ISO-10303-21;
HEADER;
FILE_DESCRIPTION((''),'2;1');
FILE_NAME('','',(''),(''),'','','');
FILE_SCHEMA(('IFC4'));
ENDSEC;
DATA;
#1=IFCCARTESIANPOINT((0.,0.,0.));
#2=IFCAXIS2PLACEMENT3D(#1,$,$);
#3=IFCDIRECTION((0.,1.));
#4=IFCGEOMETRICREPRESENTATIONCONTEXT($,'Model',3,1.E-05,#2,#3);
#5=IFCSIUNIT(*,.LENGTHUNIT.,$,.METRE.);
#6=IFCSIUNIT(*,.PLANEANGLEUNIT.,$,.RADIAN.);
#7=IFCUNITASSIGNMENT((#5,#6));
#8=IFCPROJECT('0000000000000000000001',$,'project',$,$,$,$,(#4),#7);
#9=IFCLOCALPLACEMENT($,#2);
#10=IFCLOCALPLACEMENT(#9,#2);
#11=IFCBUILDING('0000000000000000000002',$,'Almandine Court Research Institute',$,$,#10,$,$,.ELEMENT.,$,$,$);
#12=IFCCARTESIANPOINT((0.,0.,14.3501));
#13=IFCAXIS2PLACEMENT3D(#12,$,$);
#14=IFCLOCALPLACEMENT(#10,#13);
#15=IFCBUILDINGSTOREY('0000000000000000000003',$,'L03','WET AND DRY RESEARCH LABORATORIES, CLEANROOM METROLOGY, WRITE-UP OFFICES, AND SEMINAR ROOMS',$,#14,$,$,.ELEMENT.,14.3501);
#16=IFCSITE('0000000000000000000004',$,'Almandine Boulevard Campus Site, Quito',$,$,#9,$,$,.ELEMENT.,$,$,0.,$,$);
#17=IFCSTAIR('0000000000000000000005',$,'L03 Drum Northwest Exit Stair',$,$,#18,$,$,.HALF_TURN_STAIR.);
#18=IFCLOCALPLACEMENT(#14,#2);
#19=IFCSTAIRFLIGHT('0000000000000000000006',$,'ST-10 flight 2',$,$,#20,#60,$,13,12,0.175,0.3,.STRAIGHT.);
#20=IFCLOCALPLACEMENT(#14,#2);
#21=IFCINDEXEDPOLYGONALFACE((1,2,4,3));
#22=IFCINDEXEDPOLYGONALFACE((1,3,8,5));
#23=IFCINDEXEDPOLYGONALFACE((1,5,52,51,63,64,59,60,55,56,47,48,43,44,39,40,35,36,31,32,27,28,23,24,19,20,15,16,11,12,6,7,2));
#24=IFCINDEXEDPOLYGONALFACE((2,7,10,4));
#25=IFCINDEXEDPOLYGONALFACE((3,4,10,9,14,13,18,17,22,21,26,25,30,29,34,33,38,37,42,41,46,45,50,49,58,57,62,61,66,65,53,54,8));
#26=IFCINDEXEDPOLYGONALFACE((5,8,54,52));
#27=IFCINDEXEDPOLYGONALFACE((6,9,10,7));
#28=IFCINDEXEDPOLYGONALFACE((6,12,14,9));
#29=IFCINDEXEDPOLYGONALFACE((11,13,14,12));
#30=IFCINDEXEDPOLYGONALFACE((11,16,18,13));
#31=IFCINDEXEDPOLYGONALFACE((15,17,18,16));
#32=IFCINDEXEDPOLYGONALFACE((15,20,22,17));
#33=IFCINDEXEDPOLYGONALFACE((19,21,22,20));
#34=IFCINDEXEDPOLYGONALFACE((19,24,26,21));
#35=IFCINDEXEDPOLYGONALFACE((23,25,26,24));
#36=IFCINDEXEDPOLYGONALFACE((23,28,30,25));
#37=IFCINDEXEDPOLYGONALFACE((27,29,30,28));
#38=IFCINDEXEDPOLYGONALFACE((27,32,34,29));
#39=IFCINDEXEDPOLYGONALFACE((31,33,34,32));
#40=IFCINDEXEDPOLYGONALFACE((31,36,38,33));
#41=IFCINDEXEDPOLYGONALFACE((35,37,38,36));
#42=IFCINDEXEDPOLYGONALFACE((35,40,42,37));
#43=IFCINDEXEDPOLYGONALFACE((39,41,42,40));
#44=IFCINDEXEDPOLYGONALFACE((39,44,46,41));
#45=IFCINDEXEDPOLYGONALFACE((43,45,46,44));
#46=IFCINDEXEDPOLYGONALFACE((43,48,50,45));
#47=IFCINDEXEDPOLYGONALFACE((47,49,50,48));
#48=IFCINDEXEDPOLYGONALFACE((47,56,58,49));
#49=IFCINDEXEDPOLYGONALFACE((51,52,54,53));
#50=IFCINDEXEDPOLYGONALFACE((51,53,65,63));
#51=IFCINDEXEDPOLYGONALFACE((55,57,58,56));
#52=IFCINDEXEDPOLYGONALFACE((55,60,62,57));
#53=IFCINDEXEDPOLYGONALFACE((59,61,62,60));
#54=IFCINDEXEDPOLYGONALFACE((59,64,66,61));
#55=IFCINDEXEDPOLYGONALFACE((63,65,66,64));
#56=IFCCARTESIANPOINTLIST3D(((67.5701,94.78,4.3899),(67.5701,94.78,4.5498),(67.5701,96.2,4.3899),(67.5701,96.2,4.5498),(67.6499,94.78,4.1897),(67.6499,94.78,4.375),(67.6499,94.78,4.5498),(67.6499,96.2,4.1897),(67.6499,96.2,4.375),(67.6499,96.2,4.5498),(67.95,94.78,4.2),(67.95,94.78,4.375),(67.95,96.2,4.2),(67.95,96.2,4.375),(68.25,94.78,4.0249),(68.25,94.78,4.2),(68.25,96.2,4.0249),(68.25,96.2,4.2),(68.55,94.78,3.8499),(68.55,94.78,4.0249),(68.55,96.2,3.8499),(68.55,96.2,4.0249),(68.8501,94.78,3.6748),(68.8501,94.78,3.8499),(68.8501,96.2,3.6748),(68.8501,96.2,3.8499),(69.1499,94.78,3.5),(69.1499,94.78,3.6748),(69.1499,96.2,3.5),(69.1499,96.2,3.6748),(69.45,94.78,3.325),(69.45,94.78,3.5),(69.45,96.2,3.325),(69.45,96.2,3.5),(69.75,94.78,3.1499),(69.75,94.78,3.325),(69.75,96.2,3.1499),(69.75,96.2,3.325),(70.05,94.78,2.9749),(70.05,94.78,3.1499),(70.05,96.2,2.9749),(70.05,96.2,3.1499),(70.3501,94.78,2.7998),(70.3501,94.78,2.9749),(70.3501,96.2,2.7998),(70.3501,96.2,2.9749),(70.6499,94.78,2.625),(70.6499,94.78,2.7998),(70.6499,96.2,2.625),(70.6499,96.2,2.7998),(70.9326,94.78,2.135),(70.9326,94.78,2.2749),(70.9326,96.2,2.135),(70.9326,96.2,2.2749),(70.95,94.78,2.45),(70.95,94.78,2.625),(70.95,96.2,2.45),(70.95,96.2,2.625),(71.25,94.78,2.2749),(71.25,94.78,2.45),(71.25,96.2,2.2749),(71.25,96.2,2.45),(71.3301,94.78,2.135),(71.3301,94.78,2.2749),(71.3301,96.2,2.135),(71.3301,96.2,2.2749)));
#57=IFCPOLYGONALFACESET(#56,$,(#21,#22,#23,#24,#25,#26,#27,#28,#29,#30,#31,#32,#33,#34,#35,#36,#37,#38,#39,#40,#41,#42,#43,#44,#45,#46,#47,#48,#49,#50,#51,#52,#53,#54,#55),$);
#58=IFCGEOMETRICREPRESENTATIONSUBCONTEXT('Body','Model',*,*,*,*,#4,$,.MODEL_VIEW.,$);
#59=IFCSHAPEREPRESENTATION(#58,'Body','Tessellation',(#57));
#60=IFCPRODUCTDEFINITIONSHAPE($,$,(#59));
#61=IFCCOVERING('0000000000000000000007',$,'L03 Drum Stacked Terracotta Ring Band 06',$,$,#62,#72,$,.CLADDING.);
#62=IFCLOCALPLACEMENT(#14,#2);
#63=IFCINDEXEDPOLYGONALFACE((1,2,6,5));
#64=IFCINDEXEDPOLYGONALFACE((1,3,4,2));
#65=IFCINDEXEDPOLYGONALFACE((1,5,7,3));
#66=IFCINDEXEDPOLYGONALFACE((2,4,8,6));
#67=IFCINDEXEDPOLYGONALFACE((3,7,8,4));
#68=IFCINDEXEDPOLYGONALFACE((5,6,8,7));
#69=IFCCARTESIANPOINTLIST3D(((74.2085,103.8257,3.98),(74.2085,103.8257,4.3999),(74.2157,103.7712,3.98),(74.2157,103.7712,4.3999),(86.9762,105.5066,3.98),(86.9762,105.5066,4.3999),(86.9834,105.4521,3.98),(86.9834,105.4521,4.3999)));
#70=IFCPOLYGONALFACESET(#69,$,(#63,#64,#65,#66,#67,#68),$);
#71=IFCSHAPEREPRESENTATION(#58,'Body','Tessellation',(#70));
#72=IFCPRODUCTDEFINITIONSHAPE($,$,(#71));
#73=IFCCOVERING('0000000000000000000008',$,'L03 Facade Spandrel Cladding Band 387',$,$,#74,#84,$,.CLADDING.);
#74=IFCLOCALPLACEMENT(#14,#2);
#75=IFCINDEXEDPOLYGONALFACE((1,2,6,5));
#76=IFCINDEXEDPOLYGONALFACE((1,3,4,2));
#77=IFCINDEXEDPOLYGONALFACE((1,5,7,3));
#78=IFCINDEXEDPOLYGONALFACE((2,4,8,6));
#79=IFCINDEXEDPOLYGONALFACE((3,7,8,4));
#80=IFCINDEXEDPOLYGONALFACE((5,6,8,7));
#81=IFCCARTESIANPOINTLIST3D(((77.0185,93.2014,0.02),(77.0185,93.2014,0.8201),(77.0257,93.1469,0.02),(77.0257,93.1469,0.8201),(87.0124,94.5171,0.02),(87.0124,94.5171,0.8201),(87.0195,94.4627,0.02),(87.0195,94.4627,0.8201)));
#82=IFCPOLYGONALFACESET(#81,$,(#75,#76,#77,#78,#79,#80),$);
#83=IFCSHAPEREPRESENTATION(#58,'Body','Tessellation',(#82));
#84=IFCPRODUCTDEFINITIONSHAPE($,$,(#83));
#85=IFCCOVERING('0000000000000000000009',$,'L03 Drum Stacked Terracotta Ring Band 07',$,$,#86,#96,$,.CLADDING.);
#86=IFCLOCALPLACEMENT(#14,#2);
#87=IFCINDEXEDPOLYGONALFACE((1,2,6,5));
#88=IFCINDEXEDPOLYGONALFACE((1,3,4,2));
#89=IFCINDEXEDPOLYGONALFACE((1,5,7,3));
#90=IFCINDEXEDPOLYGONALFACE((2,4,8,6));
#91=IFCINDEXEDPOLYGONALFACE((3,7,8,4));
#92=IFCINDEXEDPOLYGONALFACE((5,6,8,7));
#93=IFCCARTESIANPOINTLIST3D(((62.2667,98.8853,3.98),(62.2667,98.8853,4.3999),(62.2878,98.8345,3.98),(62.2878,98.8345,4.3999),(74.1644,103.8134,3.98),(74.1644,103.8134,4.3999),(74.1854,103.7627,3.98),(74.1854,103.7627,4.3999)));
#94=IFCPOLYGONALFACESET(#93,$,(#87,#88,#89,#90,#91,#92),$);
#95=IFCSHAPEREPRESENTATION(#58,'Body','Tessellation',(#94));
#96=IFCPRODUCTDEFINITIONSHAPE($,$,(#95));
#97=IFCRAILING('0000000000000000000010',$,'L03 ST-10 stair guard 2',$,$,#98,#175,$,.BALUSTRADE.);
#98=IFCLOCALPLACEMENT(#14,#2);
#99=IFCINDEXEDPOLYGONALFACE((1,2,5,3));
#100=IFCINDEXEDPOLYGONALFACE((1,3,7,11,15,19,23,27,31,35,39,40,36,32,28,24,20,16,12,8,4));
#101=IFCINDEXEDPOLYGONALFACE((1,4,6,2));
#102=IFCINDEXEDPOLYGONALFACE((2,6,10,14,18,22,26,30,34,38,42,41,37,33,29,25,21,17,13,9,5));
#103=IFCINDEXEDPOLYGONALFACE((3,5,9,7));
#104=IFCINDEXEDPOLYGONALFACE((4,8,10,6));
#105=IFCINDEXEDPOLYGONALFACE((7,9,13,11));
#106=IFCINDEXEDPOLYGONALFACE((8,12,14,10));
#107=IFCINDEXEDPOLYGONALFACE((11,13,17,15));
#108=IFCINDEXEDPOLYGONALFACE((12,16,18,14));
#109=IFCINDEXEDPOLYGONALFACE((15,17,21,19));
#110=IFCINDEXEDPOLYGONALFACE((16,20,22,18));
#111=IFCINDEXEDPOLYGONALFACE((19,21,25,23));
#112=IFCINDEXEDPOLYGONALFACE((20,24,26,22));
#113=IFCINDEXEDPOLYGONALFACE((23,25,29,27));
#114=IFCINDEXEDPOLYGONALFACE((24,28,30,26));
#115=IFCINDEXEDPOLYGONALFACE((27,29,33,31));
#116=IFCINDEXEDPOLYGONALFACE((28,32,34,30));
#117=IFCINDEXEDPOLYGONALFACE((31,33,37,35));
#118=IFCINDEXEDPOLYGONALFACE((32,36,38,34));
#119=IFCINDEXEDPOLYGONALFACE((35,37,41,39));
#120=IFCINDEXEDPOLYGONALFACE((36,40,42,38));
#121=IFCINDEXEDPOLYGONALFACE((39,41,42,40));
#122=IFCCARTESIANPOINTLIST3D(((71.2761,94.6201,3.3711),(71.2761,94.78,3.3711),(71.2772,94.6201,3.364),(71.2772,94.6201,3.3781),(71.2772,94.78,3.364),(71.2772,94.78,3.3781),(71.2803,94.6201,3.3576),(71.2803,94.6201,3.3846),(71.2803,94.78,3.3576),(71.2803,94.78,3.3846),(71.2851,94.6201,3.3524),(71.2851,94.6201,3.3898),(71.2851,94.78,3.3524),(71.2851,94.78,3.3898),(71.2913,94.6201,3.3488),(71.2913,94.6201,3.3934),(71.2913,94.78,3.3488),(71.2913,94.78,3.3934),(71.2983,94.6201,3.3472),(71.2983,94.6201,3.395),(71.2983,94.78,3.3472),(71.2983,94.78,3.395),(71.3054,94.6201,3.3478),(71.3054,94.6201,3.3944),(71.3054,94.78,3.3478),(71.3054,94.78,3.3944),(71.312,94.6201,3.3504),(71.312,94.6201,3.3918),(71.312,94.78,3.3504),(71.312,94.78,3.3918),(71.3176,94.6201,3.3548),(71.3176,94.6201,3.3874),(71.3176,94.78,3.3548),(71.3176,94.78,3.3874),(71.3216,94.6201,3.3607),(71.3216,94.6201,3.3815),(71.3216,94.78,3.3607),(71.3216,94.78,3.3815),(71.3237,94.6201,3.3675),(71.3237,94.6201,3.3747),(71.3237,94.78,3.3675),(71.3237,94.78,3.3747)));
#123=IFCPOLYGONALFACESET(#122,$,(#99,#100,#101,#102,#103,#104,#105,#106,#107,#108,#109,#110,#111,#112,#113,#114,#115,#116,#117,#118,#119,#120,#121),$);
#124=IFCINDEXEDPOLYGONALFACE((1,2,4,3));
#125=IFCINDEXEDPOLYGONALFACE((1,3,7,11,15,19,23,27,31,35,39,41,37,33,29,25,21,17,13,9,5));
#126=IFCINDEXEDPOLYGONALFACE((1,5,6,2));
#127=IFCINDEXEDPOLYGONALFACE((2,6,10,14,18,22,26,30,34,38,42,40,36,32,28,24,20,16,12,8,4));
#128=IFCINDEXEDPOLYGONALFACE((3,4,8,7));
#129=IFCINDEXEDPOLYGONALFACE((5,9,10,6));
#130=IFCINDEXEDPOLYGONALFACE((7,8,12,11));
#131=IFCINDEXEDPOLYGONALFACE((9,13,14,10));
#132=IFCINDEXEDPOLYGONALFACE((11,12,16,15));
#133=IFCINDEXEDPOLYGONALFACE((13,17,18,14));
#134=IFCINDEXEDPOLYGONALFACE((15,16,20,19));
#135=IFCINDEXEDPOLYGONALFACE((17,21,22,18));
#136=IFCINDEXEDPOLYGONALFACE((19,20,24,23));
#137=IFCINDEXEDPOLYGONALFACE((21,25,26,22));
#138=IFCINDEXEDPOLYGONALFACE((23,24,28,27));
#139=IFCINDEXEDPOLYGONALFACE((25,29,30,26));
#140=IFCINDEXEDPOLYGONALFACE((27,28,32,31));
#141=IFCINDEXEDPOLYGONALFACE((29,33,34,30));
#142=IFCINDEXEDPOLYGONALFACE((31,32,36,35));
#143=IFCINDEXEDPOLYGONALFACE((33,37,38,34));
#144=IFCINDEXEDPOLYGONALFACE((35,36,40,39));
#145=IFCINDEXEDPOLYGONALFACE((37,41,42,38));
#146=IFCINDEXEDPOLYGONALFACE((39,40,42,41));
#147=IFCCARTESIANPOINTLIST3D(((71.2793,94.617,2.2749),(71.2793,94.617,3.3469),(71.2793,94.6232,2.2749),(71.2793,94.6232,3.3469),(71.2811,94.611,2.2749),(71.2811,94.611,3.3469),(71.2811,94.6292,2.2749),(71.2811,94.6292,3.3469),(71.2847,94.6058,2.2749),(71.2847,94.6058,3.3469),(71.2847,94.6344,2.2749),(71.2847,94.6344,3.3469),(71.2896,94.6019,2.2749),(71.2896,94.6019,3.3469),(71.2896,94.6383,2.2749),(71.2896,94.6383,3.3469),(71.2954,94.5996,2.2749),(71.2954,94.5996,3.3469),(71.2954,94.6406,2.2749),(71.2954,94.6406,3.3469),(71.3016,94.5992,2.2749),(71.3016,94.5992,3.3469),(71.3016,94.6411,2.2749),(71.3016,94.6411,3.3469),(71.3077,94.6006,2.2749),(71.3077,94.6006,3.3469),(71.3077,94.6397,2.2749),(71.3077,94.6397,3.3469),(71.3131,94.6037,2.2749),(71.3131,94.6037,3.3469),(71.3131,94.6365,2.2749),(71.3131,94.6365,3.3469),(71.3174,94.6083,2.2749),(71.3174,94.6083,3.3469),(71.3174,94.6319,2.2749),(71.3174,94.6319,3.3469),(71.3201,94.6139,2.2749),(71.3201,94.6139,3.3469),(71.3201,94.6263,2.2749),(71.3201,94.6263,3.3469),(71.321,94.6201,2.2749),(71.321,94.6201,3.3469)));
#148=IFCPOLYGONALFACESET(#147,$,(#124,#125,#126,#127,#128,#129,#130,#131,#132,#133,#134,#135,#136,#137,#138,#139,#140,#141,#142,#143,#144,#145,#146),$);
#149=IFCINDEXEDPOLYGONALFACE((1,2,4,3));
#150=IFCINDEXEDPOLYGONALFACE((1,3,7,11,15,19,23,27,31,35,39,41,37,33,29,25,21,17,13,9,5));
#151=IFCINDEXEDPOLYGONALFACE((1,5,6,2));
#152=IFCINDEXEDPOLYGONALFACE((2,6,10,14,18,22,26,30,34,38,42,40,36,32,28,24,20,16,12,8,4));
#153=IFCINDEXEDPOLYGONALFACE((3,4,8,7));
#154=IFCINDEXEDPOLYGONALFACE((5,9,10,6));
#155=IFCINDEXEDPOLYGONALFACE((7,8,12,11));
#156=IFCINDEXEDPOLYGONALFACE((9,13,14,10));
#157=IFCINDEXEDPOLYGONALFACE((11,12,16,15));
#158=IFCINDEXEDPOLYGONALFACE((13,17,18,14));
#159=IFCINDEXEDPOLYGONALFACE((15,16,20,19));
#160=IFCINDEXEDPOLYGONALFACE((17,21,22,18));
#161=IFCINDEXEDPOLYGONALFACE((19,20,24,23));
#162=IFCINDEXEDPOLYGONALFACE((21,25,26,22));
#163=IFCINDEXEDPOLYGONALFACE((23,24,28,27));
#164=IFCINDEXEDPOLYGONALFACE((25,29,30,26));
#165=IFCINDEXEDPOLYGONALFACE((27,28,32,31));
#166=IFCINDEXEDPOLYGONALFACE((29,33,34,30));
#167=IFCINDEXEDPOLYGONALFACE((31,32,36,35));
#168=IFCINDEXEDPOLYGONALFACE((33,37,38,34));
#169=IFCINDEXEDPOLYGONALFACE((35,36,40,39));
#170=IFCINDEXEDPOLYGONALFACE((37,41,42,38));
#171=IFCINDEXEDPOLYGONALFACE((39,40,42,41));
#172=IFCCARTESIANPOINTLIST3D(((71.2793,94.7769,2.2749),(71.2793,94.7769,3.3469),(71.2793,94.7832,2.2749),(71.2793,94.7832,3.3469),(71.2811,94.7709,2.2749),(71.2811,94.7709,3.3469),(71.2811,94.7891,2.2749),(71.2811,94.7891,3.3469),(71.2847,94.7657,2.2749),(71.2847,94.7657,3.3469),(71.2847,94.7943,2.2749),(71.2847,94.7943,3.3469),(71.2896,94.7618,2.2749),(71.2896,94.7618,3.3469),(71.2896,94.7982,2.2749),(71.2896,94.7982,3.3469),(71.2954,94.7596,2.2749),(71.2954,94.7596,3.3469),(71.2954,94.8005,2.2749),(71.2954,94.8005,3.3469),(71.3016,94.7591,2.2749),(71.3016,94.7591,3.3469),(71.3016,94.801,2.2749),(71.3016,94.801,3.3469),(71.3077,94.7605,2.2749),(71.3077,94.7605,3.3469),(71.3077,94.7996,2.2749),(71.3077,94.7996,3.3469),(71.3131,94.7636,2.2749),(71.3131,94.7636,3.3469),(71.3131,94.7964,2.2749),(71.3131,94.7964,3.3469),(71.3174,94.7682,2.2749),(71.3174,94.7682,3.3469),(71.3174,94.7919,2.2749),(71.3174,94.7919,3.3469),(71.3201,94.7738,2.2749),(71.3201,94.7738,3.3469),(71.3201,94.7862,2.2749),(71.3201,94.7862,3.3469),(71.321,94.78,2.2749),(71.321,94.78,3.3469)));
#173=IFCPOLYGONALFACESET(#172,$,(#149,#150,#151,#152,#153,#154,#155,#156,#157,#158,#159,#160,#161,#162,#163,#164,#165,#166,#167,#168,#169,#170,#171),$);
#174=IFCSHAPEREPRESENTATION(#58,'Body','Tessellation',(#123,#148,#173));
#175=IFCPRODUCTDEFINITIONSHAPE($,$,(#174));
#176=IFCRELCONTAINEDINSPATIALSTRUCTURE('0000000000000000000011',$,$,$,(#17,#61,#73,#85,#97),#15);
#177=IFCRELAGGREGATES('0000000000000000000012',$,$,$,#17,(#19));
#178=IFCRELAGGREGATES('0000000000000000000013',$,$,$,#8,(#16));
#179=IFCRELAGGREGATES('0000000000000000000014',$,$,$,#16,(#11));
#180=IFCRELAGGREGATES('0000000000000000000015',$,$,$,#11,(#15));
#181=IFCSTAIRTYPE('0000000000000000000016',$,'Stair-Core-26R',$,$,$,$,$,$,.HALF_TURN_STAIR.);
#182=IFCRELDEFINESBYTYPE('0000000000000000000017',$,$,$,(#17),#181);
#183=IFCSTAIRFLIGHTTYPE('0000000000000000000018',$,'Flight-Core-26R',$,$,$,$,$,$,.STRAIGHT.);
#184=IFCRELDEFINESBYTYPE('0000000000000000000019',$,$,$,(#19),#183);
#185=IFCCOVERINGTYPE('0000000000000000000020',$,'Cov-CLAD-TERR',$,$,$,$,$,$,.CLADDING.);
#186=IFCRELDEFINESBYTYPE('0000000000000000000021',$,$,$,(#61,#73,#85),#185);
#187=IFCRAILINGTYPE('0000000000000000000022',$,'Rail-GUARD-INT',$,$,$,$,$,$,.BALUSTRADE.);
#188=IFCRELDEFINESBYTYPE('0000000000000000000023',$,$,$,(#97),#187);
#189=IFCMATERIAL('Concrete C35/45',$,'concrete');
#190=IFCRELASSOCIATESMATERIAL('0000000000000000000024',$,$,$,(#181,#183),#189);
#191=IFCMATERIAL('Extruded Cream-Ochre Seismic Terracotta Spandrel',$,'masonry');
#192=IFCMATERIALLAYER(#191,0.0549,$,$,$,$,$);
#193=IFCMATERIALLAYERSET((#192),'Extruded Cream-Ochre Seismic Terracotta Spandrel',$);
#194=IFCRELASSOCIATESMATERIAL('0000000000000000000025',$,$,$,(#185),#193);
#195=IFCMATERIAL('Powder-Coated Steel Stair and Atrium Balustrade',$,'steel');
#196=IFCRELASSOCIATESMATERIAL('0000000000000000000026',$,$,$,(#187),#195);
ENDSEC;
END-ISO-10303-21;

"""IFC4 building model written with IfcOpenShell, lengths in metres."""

from ifc_helpers import new_model, si_unit, direction, frame, origin, origin_2d, place, context, subcontext, project, spatial, polyline, rectangle, circle, outline, extrude, material, layer, layer_set, type_object, element, aggregate, save


model = new_model("IFC4")

# Units and contexts
model_context = context("Model", 3, precision=1e-05, world=origin(), true_north=direction((0.0, 1.0)))
body_context = subcontext(model_context, "Body", "Model", "MODEL_VIEW")
ifc_project = project(units=[si_unit("LENGTHUNIT", "METRE"), si_unit("PLANEANGLEUNIT", "RADIAN")], contexts=[model_context])

# Site, building, storey
site_placement = place(None, origin())
site = spatial("IfcSite", under=ifc_project, at=site_placement, Name="Almandine Boulevard Campus Site, Quito", CompositionType="ELEMENT", RefElevation=0.0)
building_placement = place(site_placement, origin())
building = spatial("IfcBuilding", under=site, at=building_placement, Name="Almandine Court Research Institute", CompositionType="ELEMENT")
storey_placement = place(building_placement, frame((0.0, 0.0, 14.3501)))
storey = spatial("IfcBuildingStorey", under=building, at=storey_placement, Name="L03", Description="WET AND DRY RESEARCH LABORATORIES, CLEANROOM METROLOGY, WRITE-UP OFFICES, AND SEMINAR ROOMS", CompositionType="ELEMENT", Elevation=14.3501)

# Stair, stair flight
ifc_material_1 = material(Name="Concrete C35/45", Category="concrete")
stair_type = type_object("IfcStairType", Name="Stair-Core-26R", PredefinedType="HALF_TURN_STAIR", material=ifc_material_1)
stair_placement = place(storey_placement, origin())
stair = element("IfcStair", 1, at=stair_placement, inside=storey, type_object=stair_type, Name="L03 Drum Northwest Exit Stair", PredefinedType="HALF_TURN_STAIR")
stair_flight_type = type_object("IfcStairFlightType", Name="Flight-Core-26R", PredefinedType="STRAIGHT", material=ifc_material_1)
stair_flight_placement = place(storey_placement, frame((71.25, 95.49, 2.2749), z_axis=(0.0, 0.0, 1.0), x_axis=(-1.0, 0.0, 0.0)))
stair_flight = element("IfcStairFlight", 2, at=stair_flight_placement, type_object=stair_flight_type, Name="ST-10 flight 2", NumberOfRisers=13, NumberOfTreads=12, PredefinedType="STRAIGHT", RiserHeight=0.175, TreadLength=0.3, context=body_context, shape_type="SweptSolid", body=[
    extrude(outline(polyline([(-0.0801, -0.1399), (-0.0801, 0.0), (0.0, 0.0), (0.0, 0.175), (0.3, 0.175), (0.3, 0.3501), (0.6001, 0.3501), (0.6001, 0.5249), (0.8999, 0.5249), (0.8999, 0.7), (1.2, 0.7), (1.2, 0.875), (1.5, 0.875), (1.5, 1.05), (1.8, 1.05), (1.8, 1.2251), (2.1001, 1.2251), (2.1001, 1.3999), (2.3999, 1.3999), (2.3999, 1.575), (2.7, 1.575), (2.7, 1.75), (3.0, 1.75), (3.0, 1.925), (3.3, 1.925), (3.3, 2.1001), (3.6001, 2.1001), (3.6001, 2.2749), (3.6799, 2.2749), (3.6799, 2.115), (3.6001, 1.9148), (0.3174, 0.0), (0.3174, -0.1399), (-0.0801, -0.1399)])), frame((0.0, 0.71, 0.0), z_axis=(0.0, -1.0, 0.0), x_axis=(1.0, 0.0, 0.0)), (0.0, 0.0, 1.0), 1.4199),
])
aggregate(stair, [stair_flight])

# Coverings
ifc_material_2 = material(Name="Extruded Cream-Ochre Seismic Terracotta Spandrel", Category="masonry")
ifc_layer_1 = layer(ifc_material_2, 0.0549)
ifc_layer_set_1 = layer_set([ifc_layer_1], Name="Extruded Cream-Ochre Seismic Terracotta Spandrel")
covering_type = type_object("IfcCoveringType", Name="Cov-CLAD-TERR", PredefinedType="CLADDING", material=ifc_layer_set_1)
covering_1_placement = place(storey_placement, frame((80.5959, 104.6389, 3.98), z_axis=(0.0, 0.0, 1.0), x_axis=(0.991445, 0.130526, 0.0)))
element("IfcCovering", 3, at=covering_1_placement, inside=storey, type_object=covering_type, Name="L03 Drum Stacked Terracotta Ring Band 06", PredefinedType="CLADDING", context=body_context, shape_type="SweptSolid", body=[
    extrude(rectangle(XDim=12.8779, YDim=0.0549, at=origin_2d()), origin(), (0.0, 0.0, 1.0), 0.4199),
])
covering_2_placement = place(storey_placement, frame((82.019, 93.832, 0.02), z_axis=(0.0, 0.0, 1.0), x_axis=(-0.991445, -0.130526, 0.0)))
element("IfcCovering", 4, at=covering_2_placement, inside=storey, type_object=covering_type, Name="L03 Facade Spandrel Cladding Band 387", PredefinedType="CLADDING", context=body_context, shape_type="SweptSolid", body=[
    extrude(rectangle(XDim=10.0801, YDim=0.0549, at=origin_2d()), origin(), (0.0, 0.0, 1.0), 0.8),
])
covering_3_placement = place(storey_placement, frame((68.2261, 101.324, 3.98), z_axis=(0.0, 0.0, 1.0), x_axis=(0.92388, 0.382683, 0.0)))
element("IfcCovering", 5, at=covering_3_placement, inside=storey, type_object=covering_type, Name="L03 Drum Stacked Terracotta Ring Band 07", PredefinedType="CLADDING", context=body_context, shape_type="SweptSolid", body=[
    extrude(rectangle(XDim=12.8779, YDim=0.0549, at=origin_2d()), origin(), (0.0, 0.0, 1.0), 0.4199),
])

# Railing
ifc_material_3 = material(Name="Powder-Coated Steel Stair and Atrium Balustrade", Category="steel")
railing_type_1 = type_object("IfcRailingType", Name="Rail-GUARD-INT", PredefinedType="BALUSTRADE", material=ifc_material_3)
railing_1_placement = place(storey_placement, frame((71.3, 94.6201, 2.2749)))
element("IfcRailing", 6, at=railing_1_placement, inside=storey, type_object=railing_type_1, Name="L03 ST-10 stair guard 2", PredefinedType="BALUSTRADE", context=body_context, shape_type="SweptSolid", body=[
    extrude(circle(Radius=0.0239, at=origin_2d()), frame((0.0, 0.0, 1.0962), z_axis=(0.0, 1.0, 0.0), x_axis=(-1.0, 0.0, 0.0)), (0.0, 0.0, 1.0), 0.1599),
    extrude(circle(Radius=0.021, at=origin_2d()), origin(), (0.0, 0.0, 1.0), 1.072),
    extrude(circle(Radius=0.021, at=origin_2d()), frame((0.0, 0.1599, 0.0)), (0.0, 0.0, 1.0), 1.072),
])

save(model, "model.ifc")
